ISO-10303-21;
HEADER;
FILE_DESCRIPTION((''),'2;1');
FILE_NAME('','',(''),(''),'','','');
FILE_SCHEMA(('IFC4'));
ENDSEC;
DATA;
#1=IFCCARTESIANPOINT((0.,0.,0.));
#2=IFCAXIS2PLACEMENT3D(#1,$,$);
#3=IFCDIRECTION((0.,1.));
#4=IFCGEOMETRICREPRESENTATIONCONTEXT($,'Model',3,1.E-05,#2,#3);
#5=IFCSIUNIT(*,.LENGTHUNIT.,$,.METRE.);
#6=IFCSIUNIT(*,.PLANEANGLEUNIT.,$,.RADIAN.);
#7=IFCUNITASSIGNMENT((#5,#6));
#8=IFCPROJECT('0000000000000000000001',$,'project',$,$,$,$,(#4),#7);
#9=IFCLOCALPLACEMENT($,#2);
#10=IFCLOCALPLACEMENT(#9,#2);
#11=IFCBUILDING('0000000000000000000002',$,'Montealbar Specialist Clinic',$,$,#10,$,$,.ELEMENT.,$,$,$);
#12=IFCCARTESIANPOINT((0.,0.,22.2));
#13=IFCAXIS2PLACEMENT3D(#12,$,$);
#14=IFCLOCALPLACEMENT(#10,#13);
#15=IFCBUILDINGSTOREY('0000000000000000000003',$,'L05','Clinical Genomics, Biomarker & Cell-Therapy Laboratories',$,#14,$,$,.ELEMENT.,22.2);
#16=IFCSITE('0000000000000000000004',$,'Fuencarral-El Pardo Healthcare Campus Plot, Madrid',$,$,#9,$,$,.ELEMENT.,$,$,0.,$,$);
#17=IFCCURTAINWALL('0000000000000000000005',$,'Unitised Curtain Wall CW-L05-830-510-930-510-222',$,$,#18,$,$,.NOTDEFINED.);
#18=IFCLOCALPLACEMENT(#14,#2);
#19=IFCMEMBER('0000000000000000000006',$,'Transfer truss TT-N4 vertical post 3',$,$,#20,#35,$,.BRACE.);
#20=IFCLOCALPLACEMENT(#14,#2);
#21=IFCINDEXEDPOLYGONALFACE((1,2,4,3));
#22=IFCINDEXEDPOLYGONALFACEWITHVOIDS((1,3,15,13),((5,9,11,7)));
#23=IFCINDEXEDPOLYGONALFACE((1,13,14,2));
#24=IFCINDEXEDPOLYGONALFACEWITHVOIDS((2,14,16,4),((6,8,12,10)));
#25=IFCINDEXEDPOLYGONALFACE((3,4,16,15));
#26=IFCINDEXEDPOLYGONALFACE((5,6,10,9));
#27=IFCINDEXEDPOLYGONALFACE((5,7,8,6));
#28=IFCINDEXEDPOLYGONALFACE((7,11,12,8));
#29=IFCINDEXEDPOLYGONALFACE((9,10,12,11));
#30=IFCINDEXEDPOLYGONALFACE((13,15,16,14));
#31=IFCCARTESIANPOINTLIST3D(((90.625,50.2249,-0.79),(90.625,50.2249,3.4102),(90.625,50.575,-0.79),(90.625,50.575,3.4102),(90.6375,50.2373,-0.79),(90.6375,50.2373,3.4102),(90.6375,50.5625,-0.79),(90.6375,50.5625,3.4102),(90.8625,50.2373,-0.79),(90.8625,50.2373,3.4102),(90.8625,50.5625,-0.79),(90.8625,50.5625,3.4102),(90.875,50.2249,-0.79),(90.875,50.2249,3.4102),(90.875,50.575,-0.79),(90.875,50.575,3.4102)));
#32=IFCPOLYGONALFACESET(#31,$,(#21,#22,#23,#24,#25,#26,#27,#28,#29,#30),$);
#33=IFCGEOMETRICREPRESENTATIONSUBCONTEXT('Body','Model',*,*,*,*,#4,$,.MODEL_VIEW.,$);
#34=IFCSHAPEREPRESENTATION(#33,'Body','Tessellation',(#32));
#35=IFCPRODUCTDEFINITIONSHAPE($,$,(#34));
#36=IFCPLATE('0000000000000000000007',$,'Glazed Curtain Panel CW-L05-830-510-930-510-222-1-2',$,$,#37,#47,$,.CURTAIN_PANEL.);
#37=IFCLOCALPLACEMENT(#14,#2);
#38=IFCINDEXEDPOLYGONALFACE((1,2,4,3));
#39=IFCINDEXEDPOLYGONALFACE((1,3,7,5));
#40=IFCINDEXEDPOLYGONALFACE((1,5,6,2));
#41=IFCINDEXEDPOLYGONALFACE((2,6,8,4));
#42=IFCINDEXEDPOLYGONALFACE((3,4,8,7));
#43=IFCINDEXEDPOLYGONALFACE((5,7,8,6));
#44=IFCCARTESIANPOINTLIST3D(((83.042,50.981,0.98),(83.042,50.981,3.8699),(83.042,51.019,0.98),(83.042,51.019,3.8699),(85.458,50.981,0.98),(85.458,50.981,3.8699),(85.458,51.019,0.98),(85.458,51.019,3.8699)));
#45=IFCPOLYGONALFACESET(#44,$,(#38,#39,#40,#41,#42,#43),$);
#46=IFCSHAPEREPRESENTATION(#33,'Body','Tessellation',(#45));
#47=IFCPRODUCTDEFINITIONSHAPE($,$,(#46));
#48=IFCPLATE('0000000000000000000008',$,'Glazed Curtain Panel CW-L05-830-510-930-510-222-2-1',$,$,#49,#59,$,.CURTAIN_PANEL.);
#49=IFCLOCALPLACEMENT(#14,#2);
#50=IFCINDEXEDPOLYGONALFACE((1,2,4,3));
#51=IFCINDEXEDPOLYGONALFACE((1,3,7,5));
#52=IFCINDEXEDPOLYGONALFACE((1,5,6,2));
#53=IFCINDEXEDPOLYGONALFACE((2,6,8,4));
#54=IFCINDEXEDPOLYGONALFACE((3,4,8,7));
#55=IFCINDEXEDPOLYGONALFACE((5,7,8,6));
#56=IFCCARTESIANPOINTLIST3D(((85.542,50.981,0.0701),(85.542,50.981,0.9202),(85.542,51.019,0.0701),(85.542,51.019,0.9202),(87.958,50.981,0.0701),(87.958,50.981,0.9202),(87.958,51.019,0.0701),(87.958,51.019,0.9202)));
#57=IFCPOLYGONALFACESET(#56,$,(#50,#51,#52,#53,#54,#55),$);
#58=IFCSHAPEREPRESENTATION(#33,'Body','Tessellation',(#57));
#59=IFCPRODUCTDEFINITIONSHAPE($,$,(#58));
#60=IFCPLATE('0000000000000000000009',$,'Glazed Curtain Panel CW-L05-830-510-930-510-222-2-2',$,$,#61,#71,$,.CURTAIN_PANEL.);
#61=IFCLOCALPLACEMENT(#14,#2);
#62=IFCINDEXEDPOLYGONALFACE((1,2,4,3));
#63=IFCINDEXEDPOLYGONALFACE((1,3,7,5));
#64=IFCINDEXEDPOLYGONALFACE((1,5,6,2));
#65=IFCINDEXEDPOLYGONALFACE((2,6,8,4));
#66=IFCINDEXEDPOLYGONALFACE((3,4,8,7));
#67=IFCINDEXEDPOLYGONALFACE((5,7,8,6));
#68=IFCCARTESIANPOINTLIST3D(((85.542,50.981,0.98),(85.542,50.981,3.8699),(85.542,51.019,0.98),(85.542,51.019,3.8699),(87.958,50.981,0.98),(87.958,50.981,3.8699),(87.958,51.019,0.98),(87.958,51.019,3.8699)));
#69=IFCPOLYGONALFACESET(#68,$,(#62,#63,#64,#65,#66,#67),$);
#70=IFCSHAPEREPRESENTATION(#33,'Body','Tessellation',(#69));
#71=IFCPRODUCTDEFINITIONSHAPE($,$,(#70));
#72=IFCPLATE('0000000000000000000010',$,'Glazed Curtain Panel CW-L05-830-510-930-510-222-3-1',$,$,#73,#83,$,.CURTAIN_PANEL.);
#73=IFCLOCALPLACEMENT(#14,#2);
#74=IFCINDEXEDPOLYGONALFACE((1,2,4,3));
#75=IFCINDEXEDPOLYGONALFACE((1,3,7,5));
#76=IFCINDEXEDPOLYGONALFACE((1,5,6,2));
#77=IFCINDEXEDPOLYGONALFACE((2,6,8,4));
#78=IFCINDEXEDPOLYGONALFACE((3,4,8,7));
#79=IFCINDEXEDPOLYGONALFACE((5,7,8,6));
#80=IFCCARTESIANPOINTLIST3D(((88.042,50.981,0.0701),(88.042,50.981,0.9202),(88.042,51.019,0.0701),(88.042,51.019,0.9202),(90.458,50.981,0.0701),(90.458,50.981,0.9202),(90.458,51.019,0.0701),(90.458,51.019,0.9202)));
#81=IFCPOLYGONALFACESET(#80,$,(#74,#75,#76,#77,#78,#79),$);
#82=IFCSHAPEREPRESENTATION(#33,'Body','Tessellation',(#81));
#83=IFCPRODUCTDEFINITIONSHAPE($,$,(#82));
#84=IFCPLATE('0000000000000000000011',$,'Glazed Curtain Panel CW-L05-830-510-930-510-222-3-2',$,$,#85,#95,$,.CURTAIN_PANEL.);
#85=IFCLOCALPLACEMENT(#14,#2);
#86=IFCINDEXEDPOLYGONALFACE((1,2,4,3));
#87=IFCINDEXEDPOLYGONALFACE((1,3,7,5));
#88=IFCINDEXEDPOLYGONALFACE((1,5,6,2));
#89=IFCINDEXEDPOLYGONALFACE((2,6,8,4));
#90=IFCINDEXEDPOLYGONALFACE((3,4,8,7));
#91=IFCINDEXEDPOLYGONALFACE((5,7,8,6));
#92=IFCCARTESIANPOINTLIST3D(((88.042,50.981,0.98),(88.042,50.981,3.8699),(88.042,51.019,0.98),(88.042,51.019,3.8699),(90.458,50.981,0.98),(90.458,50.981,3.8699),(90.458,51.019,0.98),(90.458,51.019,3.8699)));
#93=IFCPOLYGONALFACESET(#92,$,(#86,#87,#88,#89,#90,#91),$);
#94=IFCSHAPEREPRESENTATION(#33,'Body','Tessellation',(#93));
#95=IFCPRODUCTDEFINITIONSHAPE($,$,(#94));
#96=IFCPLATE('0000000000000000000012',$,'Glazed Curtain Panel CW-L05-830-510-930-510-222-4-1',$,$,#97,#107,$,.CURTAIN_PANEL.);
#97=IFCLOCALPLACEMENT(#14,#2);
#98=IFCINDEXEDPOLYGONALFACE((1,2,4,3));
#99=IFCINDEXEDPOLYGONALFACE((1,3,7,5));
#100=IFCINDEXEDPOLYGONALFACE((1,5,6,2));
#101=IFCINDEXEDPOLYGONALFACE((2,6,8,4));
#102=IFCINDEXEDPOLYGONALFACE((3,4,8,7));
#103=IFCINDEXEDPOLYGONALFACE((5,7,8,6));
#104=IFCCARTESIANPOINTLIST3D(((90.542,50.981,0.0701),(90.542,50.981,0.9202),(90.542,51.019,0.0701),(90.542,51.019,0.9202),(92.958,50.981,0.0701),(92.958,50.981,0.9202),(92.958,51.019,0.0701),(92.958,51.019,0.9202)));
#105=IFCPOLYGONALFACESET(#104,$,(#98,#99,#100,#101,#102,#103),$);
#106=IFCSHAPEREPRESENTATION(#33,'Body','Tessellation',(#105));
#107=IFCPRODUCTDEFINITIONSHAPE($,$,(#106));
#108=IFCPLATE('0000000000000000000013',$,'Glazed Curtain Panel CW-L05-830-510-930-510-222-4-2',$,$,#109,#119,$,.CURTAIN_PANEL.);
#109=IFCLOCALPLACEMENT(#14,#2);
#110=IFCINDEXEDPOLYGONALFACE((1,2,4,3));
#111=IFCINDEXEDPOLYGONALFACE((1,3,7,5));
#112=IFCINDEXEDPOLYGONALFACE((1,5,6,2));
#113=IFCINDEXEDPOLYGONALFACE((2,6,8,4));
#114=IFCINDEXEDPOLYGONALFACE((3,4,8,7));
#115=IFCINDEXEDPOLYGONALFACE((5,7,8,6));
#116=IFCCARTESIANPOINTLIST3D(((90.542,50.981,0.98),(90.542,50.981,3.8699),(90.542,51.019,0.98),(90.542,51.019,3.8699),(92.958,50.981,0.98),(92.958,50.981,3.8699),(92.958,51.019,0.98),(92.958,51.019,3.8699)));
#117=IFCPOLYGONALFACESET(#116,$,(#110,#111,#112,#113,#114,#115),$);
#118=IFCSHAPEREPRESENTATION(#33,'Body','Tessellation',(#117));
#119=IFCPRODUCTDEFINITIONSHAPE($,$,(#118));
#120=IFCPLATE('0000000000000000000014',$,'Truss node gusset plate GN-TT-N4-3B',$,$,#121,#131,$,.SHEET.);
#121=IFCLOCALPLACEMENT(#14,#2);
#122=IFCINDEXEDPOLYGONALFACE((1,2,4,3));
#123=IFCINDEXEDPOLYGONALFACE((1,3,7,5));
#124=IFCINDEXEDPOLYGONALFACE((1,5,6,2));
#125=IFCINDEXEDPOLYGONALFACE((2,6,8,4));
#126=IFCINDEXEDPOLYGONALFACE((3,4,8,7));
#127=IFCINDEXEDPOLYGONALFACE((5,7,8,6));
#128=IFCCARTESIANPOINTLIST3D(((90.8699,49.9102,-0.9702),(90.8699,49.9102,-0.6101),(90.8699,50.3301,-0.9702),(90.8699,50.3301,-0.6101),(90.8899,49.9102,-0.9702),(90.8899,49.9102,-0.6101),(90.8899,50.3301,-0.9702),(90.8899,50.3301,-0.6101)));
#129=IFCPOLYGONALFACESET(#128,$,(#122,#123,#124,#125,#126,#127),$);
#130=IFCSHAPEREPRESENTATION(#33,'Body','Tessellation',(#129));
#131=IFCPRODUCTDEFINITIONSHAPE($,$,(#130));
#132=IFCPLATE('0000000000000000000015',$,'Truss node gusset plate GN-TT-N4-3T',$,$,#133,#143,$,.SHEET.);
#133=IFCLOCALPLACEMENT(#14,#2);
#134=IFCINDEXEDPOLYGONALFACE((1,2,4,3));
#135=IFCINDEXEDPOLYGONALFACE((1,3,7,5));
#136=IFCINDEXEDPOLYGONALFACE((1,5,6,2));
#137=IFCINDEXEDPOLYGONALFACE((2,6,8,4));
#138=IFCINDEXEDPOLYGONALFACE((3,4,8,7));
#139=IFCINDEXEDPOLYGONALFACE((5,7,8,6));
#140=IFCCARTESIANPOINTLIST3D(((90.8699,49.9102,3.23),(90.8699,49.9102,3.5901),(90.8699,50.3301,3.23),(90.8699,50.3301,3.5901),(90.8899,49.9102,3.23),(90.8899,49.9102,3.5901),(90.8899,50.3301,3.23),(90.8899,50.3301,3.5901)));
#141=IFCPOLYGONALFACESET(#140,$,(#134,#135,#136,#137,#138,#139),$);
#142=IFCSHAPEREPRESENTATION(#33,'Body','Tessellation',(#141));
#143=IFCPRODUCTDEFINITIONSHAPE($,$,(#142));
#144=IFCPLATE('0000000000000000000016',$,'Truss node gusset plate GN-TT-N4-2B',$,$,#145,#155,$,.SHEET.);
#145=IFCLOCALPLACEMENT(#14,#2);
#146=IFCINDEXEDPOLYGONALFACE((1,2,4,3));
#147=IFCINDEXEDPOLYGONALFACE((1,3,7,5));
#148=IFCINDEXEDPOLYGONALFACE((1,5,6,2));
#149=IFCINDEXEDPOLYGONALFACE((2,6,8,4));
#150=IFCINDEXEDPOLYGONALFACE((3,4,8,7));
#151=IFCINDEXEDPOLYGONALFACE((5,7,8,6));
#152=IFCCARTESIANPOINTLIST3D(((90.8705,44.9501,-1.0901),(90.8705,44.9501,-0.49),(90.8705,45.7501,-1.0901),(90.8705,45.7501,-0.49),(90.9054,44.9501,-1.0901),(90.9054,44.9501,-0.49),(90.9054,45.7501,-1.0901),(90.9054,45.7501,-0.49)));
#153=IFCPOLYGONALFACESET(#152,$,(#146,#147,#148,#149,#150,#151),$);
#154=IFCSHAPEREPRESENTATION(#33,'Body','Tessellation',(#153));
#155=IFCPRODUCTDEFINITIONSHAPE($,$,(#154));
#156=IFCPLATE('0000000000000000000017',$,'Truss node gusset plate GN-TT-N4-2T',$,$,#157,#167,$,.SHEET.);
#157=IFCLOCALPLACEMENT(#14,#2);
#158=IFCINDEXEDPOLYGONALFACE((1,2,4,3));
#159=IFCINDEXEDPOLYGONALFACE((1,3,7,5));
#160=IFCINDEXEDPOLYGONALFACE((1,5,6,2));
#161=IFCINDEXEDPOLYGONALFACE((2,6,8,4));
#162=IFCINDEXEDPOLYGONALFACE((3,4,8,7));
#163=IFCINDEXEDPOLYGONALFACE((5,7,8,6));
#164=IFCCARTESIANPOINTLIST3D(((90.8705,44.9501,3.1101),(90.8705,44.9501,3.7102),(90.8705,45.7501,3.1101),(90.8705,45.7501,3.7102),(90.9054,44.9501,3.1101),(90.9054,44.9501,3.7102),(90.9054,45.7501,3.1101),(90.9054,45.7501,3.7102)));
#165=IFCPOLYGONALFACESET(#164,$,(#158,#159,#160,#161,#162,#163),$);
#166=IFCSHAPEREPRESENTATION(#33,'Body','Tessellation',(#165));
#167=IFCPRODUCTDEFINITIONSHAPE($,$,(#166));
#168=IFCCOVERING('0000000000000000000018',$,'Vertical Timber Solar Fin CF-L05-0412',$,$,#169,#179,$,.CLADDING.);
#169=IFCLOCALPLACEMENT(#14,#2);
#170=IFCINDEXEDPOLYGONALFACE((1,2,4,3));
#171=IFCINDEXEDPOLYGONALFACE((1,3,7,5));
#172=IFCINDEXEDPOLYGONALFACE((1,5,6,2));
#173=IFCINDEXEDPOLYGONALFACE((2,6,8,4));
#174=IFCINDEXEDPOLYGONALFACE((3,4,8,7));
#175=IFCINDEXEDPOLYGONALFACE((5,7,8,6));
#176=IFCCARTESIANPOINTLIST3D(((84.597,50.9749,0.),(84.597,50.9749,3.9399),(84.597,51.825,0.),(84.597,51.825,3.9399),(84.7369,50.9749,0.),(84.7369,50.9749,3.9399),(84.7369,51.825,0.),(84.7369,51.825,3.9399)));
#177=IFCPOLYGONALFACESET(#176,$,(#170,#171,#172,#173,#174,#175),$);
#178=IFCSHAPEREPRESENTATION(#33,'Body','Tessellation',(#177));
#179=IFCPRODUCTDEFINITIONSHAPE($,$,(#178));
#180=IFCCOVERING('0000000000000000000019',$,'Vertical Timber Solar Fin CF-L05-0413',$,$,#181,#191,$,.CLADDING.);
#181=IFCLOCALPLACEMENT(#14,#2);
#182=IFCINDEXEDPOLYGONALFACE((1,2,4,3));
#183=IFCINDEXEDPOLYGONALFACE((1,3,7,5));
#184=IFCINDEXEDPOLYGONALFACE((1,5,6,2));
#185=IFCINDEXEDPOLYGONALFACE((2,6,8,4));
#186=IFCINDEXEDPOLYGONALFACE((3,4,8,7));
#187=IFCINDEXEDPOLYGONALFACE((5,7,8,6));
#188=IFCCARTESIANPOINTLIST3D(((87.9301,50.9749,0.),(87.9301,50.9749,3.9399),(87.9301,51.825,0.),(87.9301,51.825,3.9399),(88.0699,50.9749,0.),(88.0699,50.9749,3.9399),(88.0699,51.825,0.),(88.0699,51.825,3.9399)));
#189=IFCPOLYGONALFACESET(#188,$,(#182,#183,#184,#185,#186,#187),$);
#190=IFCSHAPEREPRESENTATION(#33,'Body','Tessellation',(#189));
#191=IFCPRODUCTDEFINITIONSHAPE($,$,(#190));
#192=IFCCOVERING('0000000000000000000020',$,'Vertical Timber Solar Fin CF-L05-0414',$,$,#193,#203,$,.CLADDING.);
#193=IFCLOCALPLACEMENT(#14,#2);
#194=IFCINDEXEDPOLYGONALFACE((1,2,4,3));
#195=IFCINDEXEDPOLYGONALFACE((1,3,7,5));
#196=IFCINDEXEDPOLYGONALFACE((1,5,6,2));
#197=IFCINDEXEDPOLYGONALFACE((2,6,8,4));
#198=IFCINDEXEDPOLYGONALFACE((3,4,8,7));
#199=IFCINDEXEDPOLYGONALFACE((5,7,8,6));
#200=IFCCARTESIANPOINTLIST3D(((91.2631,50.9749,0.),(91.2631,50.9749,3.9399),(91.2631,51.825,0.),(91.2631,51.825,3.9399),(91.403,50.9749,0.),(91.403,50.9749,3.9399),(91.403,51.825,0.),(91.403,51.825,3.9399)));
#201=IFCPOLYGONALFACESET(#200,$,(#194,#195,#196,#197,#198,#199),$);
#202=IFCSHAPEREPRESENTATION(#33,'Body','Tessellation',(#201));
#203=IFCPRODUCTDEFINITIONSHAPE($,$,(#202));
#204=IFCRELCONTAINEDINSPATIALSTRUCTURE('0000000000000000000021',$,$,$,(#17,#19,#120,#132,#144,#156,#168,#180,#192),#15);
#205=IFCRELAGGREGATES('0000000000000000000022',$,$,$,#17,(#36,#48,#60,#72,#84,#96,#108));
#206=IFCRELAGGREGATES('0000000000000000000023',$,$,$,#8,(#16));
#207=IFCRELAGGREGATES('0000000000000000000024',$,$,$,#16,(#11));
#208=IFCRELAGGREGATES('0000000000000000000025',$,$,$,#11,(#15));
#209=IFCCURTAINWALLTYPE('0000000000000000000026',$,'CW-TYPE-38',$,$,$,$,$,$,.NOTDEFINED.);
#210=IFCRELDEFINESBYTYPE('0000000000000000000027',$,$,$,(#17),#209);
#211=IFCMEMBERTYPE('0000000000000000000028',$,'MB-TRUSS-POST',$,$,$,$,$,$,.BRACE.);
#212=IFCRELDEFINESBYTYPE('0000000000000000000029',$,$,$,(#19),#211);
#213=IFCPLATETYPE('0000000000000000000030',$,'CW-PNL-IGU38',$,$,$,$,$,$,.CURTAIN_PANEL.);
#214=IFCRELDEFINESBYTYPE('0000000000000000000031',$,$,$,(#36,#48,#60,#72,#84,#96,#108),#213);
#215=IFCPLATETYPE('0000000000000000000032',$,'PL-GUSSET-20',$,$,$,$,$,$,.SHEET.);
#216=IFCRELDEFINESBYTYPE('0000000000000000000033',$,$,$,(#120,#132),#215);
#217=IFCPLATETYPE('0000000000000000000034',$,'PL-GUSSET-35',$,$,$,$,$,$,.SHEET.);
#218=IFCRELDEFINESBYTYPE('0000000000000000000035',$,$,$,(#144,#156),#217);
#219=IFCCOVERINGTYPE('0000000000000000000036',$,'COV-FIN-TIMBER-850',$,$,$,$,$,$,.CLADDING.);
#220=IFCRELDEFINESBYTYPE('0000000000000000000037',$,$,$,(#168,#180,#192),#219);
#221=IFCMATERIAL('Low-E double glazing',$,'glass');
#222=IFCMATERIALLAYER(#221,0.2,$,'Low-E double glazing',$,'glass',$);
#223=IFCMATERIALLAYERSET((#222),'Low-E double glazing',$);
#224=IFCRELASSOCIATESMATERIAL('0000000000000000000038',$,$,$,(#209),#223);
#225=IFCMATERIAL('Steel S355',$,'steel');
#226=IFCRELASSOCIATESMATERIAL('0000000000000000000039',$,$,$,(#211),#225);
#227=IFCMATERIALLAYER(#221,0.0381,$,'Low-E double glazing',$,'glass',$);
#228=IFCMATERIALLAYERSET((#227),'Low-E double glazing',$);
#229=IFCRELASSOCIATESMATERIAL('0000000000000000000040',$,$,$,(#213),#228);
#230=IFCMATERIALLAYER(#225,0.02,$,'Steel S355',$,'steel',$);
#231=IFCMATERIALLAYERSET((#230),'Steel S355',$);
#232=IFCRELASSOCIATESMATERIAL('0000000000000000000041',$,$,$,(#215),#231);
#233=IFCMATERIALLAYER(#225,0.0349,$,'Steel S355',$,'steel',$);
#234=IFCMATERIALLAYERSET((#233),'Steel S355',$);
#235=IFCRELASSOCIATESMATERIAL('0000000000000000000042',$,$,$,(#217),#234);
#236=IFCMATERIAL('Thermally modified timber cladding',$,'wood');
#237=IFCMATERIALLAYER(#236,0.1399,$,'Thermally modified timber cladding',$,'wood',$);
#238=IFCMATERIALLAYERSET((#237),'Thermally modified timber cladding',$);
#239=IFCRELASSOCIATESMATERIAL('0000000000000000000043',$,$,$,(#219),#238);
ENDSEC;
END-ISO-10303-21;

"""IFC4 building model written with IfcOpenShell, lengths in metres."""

from ifc_helpers import new_model, si_unit, direction, frame, origin, origin_2d, place, context, subcontext, project, spatial, rectangle, hollow_rectangle, extrude, material, layer, layer_set, material_profile, profile_set, type_object, element, aggregate, save


model = new_model("IFC4")

# Units and contexts
model_context = context("Model", 3, precision=1e-05, world=origin(), true_north=direction((0.0, 1.0)))
body_context = subcontext(model_context, "Body", "Model", "MODEL_VIEW")
ifc_project = project(units=[si_unit("LENGTHUNIT", "METRE"), si_unit("PLANEANGLEUNIT", "RADIAN")], contexts=[model_context])

# Site, building, storey
site_placement = place(None, origin())
site = spatial("IfcSite", under=ifc_project, at=site_placement, Name="Fuencarral-El Pardo Healthcare Campus Plot, Madrid", CompositionType="ELEMENT", RefElevation=0.0)
building_placement = place(site_placement, origin())
building = spatial("IfcBuilding", under=site, at=building_placement, Name="Montealbar Specialist Clinic", CompositionType="ELEMENT")
storey_placement = place(building_placement, frame((0.0, 0.0, 22.2)))
storey = spatial("IfcBuildingStorey", under=building, at=storey_placement, Name="L05", Description="Clinical Genomics, Biomarker & Cell-Therapy Laboratories", CompositionType="ELEMENT", Elevation=22.2)

# Shared definitions
ifc_material_1 = material(Name="Steel S355", Category="steel")

# Curtain wall
ifc_material_2 = material(Name="Low-E double glazing", Category="glass")
ifc_layer_1 = layer(ifc_material_2, 0.2, Name="Low-E double glazing", Category="glass")
ifc_layer_set_1 = layer_set([ifc_layer_1], Name="Low-E double glazing")
curtain_wall_type_1 = type_object("IfcCurtainWallType", Name="CW-TYPE-38", PredefinedType="NOTDEFINED", material=ifc_layer_set_1)
curtain_wall_1_placement = place(storey_placement, origin())
curtain_wall_1 = element("IfcCurtainWall", 1, at=curtain_wall_1_placement, inside=storey, type_object=curtain_wall_type_1, Name="Unitised Curtain Wall CW-L05-830-510-930-510-222", PredefinedType="NOTDEFINED")

# Member
ifc_material_profile_1 = material_profile(ifc_material_1, hollow_rectangle(XDim=0.25, YDim=0.3501, WallThickness=0.0125, at=origin_2d()), Name="RHS 350x250x12.5", Category="steel")
ifc_profile_set_1 = profile_set([ifc_material_profile_1], Name="Steel S355")
member_type_1 = type_object("IfcMemberType", Name="MB-TRUSS-POST", PredefinedType="BRACE", material=ifc_profile_set_1)
member_1_placement = place(storey_placement, frame((90.75, 50.3999, -0.79), z_axis=(0.0, 0.0, 1.0), x_axis=(1.0, 0.0, 0.0)))
element("IfcMember", 2, at=member_1_placement, inside=storey, type_object=member_type_1, Name="Transfer truss TT-N4 vertical post 3", PredefinedType="BRACE", context=body_context, shape_type="SweptSolid", body=[
    extrude(hollow_rectangle(XDim=0.25, YDim=0.3501, WallThickness=0.0125, at=origin_2d()), origin(), (0.0, 0.0, 1.0), 4.2002),
])

# Plates
ifc_layer_2 = layer(ifc_material_2, 0.0381, Name="Low-E double glazing", Category="glass")
ifc_layer_set_2 = layer_set([ifc_layer_2], Name="Low-E double glazing")
plate_type_1 = type_object("IfcPlateType", Name="CW-PNL-IGU38", PredefinedType="CURTAIN_PANEL", material=ifc_layer_set_2)
plate_1_placement = place(storey_placement, frame((84.25, 51.0, 0.98), z_axis=(0.0, 0.0, 1.0), x_axis=(1.0, 0.0, 0.0)))
plate_1 = element("IfcPlate", 3, at=plate_1_placement, type_object=plate_type_1, Name="Glazed Curtain Panel CW-L05-830-510-930-510-222-1-2", PredefinedType="CURTAIN_PANEL", context=body_context, shape_type="SweptSolid", body=[
    extrude(rectangle(XDim=2.416, YDim=0.0381, at=origin_2d()), origin(), (0.0, 0.0, 1.0), 2.8899),
])
plate_2_placement = place(storey_placement, frame((86.75, 51.0, 0.0701), z_axis=(0.0, 0.0, 1.0), x_axis=(1.0, 0.0, 0.0)))
plate_2 = element("IfcPlate", 4, at=plate_2_placement, type_object=plate_type_1, Name="Glazed Curtain Panel CW-L05-830-510-930-510-222-2-1", PredefinedType="CURTAIN_PANEL", context=body_context, shape_type="SweptSolid", body=[
    extrude(rectangle(XDim=2.416, YDim=0.0381, at=origin_2d()), origin(), (0.0, 0.0, 1.0), 0.8501),
])
plate_3_placement = place(storey_placement, frame((86.75, 51.0, 0.98), z_axis=(0.0, 0.0, 1.0), x_axis=(1.0, 0.0, 0.0)))
plate_3 = element("IfcPlate", 5, at=plate_3_placement, type_object=plate_type_1, Name="Glazed Curtain Panel CW-L05-830-510-930-510-222-2-2", PredefinedType="CURTAIN_PANEL", context=body_context, shape_type="SweptSolid", body=[
    extrude(rectangle(XDim=2.416, YDim=0.0381, at=origin_2d()), origin(), (0.0, 0.0, 1.0), 2.8899),
])
plate_4_placement = place(storey_placement, frame((89.25, 51.0, 0.0701), z_axis=(0.0, 0.0, 1.0), x_axis=(1.0, 0.0, 0.0)))
plate_4 = element("IfcPlate", 6, at=plate_4_placement, type_object=plate_type_1, Name="Glazed Curtain Panel CW-L05-830-510-930-510-222-3-1", PredefinedType="CURTAIN_PANEL", context=body_context, shape_type="SweptSolid", body=[
    extrude(rectangle(XDim=2.416, YDim=0.0381, at=origin_2d()), origin(), (0.0, 0.0, 1.0), 0.8501),
])
plate_5_placement = place(storey_placement, frame((89.25, 51.0, 0.98), z_axis=(0.0, 0.0, 1.0), x_axis=(1.0, 0.0, 0.0)))
plate_5 = element("IfcPlate", 7, at=plate_5_placement, type_object=plate_type_1, Name="Glazed Curtain Panel CW-L05-830-510-930-510-222-3-2", PredefinedType="CURTAIN_PANEL", context=body_context, shape_type="SweptSolid", body=[
    extrude(rectangle(XDim=2.416, YDim=0.0381, at=origin_2d()), origin(), (0.0, 0.0, 1.0), 2.8899),
])
plate_6_placement = place(storey_placement, frame((91.75, 51.0, 0.0701), z_axis=(0.0, 0.0, 1.0), x_axis=(1.0, 0.0, 0.0)))
plate_6 = element("IfcPlate", 8, at=plate_6_placement, type_object=plate_type_1, Name="Glazed Curtain Panel CW-L05-830-510-930-510-222-4-1", PredefinedType="CURTAIN_PANEL", context=body_context, shape_type="SweptSolid", body=[
    extrude(rectangle(XDim=2.416, YDim=0.0381, at=origin_2d()), origin(), (0.0, 0.0, 1.0), 0.8501),
])
plate_7_placement = place(storey_placement, frame((91.75, 51.0, 0.98), z_axis=(0.0, 0.0, 1.0), x_axis=(1.0, 0.0, 0.0)))
plate_7 = element("IfcPlate", 9, at=plate_7_placement, type_object=plate_type_1, Name="Glazed Curtain Panel CW-L05-830-510-930-510-222-4-2", PredefinedType="CURTAIN_PANEL", context=body_context, shape_type="SweptSolid", body=[
    extrude(rectangle(XDim=2.416, YDim=0.0381, at=origin_2d()), origin(), (0.0, 0.0, 1.0), 2.8899),
])
aggregate(curtain_wall_1, [plate_1, plate_2, plate_3, plate_4, plate_5, plate_6, plate_7])

# Plates
ifc_layer_3 = layer(ifc_material_1, 0.02, Name="Steel S355", Category="steel")
ifc_layer_set_3 = layer_set([ifc_layer_3], Name="Steel S355")
plate_type_2 = type_object("IfcPlateType", Name="PL-GUSSET-20", PredefinedType="SHEET", material=ifc_layer_set_3)
for number, where, z_axis, x_axis, name in (
    (10, (90.8799, 50.1201, -0.9702), (0.0, 0.0, 1.0), (0.0, 1.0, 0.0), "Truss node gusset plate GN-TT-N4-3B"),
    (11, (90.8799, 50.1201, 3.23), (0.0, 0.0, 1.0), (0.0, 1.0, 0.0), "Truss node gusset plate GN-TT-N4-3T"),
):
    element("IfcPlate", number, at=place(storey_placement, frame(where, z_axis=z_axis, x_axis=x_axis)), inside=storey, type_object=plate_type_2, Name=name, PredefinedType="SHEET", context=body_context, shape_type="SweptSolid", body=[
        extrude(rectangle(XDim=0.4199, YDim=0.02, at=origin_2d()), origin(), (0.0, 0.0, 1.0), 0.3601),
    ])
ifc_layer_4 = layer(ifc_material_1, 0.0349, Name="Steel S355", Category="steel")
ifc_layer_set_4 = layer_set([ifc_layer_4], Name="Steel S355")
plate_type_3 = type_object("IfcPlateType", Name="PL-GUSSET-35", PredefinedType="SHEET", material=ifc_layer_set_4)
for number, where, z_axis, x_axis, name in (
    (12, (90.8879, 45.3501, -1.0901), (0.0, 0.0, 1.0), (0.0, 1.0, 0.0), "Truss node gusset plate GN-TT-N4-2B"),
    (13, (90.8879, 45.3501, 3.1101), (0.0, 0.0, 1.0), (0.0, 1.0, 0.0), "Truss node gusset plate GN-TT-N4-2T"),
):
    element("IfcPlate", number, at=place(storey_placement, frame(where, z_axis=z_axis, x_axis=x_axis)), inside=storey, type_object=plate_type_3, Name=name, PredefinedType="SHEET", context=body_context, shape_type="SweptSolid", body=[
        extrude(rectangle(XDim=0.8, YDim=0.0349, at=origin_2d()), origin(), (0.0, 0.0, 1.0), 0.6001),
    ])

# Coverings
ifc_material_3 = material(Name="Thermally modified timber cladding", Category="wood")
ifc_layer_5 = layer(ifc_material_3, 0.1399, Name="Thermally modified timber cladding", Category="wood")
ifc_layer_set_5 = layer_set([ifc_layer_5], Name="Thermally modified timber cladding")
covering_type = type_object("IfcCoveringType", Name="COV-FIN-TIMBER-850", PredefinedType="CLADDING", material=ifc_layer_set_5)
for number, where, z_axis, x_axis, name in (
    (14, (84.667, 51.3999, 0.0), (0.0, 0.0, 1.0), (0.0, 1.0, 0.0), "Vertical Timber Solar Fin CF-L05-0412"),
    (15, (88.0, 51.3999, 0.0), (0.0, 0.0, 1.0), (0.0, 1.0, 0.0), "Vertical Timber Solar Fin CF-L05-0413"),
    (16, (91.333, 51.3999, 0.0), (0.0, 0.0, 1.0), (0.0, 1.0, 0.0), "Vertical Timber Solar Fin CF-L05-0414"),
):
    element("IfcCovering", number, at=place(storey_placement, frame(where, z_axis=z_axis, x_axis=x_axis)), inside=storey, type_object=covering_type, Name=name, PredefinedType="CLADDING", context=body_context, shape_type="SweptSolid", body=[
        extrude(rectangle(XDim=0.8501, YDim=0.1399, at=origin_2d()), origin(), (0.0, 0.0, 1.0), 3.9399),
    ])

save(model, "model.ifc")
